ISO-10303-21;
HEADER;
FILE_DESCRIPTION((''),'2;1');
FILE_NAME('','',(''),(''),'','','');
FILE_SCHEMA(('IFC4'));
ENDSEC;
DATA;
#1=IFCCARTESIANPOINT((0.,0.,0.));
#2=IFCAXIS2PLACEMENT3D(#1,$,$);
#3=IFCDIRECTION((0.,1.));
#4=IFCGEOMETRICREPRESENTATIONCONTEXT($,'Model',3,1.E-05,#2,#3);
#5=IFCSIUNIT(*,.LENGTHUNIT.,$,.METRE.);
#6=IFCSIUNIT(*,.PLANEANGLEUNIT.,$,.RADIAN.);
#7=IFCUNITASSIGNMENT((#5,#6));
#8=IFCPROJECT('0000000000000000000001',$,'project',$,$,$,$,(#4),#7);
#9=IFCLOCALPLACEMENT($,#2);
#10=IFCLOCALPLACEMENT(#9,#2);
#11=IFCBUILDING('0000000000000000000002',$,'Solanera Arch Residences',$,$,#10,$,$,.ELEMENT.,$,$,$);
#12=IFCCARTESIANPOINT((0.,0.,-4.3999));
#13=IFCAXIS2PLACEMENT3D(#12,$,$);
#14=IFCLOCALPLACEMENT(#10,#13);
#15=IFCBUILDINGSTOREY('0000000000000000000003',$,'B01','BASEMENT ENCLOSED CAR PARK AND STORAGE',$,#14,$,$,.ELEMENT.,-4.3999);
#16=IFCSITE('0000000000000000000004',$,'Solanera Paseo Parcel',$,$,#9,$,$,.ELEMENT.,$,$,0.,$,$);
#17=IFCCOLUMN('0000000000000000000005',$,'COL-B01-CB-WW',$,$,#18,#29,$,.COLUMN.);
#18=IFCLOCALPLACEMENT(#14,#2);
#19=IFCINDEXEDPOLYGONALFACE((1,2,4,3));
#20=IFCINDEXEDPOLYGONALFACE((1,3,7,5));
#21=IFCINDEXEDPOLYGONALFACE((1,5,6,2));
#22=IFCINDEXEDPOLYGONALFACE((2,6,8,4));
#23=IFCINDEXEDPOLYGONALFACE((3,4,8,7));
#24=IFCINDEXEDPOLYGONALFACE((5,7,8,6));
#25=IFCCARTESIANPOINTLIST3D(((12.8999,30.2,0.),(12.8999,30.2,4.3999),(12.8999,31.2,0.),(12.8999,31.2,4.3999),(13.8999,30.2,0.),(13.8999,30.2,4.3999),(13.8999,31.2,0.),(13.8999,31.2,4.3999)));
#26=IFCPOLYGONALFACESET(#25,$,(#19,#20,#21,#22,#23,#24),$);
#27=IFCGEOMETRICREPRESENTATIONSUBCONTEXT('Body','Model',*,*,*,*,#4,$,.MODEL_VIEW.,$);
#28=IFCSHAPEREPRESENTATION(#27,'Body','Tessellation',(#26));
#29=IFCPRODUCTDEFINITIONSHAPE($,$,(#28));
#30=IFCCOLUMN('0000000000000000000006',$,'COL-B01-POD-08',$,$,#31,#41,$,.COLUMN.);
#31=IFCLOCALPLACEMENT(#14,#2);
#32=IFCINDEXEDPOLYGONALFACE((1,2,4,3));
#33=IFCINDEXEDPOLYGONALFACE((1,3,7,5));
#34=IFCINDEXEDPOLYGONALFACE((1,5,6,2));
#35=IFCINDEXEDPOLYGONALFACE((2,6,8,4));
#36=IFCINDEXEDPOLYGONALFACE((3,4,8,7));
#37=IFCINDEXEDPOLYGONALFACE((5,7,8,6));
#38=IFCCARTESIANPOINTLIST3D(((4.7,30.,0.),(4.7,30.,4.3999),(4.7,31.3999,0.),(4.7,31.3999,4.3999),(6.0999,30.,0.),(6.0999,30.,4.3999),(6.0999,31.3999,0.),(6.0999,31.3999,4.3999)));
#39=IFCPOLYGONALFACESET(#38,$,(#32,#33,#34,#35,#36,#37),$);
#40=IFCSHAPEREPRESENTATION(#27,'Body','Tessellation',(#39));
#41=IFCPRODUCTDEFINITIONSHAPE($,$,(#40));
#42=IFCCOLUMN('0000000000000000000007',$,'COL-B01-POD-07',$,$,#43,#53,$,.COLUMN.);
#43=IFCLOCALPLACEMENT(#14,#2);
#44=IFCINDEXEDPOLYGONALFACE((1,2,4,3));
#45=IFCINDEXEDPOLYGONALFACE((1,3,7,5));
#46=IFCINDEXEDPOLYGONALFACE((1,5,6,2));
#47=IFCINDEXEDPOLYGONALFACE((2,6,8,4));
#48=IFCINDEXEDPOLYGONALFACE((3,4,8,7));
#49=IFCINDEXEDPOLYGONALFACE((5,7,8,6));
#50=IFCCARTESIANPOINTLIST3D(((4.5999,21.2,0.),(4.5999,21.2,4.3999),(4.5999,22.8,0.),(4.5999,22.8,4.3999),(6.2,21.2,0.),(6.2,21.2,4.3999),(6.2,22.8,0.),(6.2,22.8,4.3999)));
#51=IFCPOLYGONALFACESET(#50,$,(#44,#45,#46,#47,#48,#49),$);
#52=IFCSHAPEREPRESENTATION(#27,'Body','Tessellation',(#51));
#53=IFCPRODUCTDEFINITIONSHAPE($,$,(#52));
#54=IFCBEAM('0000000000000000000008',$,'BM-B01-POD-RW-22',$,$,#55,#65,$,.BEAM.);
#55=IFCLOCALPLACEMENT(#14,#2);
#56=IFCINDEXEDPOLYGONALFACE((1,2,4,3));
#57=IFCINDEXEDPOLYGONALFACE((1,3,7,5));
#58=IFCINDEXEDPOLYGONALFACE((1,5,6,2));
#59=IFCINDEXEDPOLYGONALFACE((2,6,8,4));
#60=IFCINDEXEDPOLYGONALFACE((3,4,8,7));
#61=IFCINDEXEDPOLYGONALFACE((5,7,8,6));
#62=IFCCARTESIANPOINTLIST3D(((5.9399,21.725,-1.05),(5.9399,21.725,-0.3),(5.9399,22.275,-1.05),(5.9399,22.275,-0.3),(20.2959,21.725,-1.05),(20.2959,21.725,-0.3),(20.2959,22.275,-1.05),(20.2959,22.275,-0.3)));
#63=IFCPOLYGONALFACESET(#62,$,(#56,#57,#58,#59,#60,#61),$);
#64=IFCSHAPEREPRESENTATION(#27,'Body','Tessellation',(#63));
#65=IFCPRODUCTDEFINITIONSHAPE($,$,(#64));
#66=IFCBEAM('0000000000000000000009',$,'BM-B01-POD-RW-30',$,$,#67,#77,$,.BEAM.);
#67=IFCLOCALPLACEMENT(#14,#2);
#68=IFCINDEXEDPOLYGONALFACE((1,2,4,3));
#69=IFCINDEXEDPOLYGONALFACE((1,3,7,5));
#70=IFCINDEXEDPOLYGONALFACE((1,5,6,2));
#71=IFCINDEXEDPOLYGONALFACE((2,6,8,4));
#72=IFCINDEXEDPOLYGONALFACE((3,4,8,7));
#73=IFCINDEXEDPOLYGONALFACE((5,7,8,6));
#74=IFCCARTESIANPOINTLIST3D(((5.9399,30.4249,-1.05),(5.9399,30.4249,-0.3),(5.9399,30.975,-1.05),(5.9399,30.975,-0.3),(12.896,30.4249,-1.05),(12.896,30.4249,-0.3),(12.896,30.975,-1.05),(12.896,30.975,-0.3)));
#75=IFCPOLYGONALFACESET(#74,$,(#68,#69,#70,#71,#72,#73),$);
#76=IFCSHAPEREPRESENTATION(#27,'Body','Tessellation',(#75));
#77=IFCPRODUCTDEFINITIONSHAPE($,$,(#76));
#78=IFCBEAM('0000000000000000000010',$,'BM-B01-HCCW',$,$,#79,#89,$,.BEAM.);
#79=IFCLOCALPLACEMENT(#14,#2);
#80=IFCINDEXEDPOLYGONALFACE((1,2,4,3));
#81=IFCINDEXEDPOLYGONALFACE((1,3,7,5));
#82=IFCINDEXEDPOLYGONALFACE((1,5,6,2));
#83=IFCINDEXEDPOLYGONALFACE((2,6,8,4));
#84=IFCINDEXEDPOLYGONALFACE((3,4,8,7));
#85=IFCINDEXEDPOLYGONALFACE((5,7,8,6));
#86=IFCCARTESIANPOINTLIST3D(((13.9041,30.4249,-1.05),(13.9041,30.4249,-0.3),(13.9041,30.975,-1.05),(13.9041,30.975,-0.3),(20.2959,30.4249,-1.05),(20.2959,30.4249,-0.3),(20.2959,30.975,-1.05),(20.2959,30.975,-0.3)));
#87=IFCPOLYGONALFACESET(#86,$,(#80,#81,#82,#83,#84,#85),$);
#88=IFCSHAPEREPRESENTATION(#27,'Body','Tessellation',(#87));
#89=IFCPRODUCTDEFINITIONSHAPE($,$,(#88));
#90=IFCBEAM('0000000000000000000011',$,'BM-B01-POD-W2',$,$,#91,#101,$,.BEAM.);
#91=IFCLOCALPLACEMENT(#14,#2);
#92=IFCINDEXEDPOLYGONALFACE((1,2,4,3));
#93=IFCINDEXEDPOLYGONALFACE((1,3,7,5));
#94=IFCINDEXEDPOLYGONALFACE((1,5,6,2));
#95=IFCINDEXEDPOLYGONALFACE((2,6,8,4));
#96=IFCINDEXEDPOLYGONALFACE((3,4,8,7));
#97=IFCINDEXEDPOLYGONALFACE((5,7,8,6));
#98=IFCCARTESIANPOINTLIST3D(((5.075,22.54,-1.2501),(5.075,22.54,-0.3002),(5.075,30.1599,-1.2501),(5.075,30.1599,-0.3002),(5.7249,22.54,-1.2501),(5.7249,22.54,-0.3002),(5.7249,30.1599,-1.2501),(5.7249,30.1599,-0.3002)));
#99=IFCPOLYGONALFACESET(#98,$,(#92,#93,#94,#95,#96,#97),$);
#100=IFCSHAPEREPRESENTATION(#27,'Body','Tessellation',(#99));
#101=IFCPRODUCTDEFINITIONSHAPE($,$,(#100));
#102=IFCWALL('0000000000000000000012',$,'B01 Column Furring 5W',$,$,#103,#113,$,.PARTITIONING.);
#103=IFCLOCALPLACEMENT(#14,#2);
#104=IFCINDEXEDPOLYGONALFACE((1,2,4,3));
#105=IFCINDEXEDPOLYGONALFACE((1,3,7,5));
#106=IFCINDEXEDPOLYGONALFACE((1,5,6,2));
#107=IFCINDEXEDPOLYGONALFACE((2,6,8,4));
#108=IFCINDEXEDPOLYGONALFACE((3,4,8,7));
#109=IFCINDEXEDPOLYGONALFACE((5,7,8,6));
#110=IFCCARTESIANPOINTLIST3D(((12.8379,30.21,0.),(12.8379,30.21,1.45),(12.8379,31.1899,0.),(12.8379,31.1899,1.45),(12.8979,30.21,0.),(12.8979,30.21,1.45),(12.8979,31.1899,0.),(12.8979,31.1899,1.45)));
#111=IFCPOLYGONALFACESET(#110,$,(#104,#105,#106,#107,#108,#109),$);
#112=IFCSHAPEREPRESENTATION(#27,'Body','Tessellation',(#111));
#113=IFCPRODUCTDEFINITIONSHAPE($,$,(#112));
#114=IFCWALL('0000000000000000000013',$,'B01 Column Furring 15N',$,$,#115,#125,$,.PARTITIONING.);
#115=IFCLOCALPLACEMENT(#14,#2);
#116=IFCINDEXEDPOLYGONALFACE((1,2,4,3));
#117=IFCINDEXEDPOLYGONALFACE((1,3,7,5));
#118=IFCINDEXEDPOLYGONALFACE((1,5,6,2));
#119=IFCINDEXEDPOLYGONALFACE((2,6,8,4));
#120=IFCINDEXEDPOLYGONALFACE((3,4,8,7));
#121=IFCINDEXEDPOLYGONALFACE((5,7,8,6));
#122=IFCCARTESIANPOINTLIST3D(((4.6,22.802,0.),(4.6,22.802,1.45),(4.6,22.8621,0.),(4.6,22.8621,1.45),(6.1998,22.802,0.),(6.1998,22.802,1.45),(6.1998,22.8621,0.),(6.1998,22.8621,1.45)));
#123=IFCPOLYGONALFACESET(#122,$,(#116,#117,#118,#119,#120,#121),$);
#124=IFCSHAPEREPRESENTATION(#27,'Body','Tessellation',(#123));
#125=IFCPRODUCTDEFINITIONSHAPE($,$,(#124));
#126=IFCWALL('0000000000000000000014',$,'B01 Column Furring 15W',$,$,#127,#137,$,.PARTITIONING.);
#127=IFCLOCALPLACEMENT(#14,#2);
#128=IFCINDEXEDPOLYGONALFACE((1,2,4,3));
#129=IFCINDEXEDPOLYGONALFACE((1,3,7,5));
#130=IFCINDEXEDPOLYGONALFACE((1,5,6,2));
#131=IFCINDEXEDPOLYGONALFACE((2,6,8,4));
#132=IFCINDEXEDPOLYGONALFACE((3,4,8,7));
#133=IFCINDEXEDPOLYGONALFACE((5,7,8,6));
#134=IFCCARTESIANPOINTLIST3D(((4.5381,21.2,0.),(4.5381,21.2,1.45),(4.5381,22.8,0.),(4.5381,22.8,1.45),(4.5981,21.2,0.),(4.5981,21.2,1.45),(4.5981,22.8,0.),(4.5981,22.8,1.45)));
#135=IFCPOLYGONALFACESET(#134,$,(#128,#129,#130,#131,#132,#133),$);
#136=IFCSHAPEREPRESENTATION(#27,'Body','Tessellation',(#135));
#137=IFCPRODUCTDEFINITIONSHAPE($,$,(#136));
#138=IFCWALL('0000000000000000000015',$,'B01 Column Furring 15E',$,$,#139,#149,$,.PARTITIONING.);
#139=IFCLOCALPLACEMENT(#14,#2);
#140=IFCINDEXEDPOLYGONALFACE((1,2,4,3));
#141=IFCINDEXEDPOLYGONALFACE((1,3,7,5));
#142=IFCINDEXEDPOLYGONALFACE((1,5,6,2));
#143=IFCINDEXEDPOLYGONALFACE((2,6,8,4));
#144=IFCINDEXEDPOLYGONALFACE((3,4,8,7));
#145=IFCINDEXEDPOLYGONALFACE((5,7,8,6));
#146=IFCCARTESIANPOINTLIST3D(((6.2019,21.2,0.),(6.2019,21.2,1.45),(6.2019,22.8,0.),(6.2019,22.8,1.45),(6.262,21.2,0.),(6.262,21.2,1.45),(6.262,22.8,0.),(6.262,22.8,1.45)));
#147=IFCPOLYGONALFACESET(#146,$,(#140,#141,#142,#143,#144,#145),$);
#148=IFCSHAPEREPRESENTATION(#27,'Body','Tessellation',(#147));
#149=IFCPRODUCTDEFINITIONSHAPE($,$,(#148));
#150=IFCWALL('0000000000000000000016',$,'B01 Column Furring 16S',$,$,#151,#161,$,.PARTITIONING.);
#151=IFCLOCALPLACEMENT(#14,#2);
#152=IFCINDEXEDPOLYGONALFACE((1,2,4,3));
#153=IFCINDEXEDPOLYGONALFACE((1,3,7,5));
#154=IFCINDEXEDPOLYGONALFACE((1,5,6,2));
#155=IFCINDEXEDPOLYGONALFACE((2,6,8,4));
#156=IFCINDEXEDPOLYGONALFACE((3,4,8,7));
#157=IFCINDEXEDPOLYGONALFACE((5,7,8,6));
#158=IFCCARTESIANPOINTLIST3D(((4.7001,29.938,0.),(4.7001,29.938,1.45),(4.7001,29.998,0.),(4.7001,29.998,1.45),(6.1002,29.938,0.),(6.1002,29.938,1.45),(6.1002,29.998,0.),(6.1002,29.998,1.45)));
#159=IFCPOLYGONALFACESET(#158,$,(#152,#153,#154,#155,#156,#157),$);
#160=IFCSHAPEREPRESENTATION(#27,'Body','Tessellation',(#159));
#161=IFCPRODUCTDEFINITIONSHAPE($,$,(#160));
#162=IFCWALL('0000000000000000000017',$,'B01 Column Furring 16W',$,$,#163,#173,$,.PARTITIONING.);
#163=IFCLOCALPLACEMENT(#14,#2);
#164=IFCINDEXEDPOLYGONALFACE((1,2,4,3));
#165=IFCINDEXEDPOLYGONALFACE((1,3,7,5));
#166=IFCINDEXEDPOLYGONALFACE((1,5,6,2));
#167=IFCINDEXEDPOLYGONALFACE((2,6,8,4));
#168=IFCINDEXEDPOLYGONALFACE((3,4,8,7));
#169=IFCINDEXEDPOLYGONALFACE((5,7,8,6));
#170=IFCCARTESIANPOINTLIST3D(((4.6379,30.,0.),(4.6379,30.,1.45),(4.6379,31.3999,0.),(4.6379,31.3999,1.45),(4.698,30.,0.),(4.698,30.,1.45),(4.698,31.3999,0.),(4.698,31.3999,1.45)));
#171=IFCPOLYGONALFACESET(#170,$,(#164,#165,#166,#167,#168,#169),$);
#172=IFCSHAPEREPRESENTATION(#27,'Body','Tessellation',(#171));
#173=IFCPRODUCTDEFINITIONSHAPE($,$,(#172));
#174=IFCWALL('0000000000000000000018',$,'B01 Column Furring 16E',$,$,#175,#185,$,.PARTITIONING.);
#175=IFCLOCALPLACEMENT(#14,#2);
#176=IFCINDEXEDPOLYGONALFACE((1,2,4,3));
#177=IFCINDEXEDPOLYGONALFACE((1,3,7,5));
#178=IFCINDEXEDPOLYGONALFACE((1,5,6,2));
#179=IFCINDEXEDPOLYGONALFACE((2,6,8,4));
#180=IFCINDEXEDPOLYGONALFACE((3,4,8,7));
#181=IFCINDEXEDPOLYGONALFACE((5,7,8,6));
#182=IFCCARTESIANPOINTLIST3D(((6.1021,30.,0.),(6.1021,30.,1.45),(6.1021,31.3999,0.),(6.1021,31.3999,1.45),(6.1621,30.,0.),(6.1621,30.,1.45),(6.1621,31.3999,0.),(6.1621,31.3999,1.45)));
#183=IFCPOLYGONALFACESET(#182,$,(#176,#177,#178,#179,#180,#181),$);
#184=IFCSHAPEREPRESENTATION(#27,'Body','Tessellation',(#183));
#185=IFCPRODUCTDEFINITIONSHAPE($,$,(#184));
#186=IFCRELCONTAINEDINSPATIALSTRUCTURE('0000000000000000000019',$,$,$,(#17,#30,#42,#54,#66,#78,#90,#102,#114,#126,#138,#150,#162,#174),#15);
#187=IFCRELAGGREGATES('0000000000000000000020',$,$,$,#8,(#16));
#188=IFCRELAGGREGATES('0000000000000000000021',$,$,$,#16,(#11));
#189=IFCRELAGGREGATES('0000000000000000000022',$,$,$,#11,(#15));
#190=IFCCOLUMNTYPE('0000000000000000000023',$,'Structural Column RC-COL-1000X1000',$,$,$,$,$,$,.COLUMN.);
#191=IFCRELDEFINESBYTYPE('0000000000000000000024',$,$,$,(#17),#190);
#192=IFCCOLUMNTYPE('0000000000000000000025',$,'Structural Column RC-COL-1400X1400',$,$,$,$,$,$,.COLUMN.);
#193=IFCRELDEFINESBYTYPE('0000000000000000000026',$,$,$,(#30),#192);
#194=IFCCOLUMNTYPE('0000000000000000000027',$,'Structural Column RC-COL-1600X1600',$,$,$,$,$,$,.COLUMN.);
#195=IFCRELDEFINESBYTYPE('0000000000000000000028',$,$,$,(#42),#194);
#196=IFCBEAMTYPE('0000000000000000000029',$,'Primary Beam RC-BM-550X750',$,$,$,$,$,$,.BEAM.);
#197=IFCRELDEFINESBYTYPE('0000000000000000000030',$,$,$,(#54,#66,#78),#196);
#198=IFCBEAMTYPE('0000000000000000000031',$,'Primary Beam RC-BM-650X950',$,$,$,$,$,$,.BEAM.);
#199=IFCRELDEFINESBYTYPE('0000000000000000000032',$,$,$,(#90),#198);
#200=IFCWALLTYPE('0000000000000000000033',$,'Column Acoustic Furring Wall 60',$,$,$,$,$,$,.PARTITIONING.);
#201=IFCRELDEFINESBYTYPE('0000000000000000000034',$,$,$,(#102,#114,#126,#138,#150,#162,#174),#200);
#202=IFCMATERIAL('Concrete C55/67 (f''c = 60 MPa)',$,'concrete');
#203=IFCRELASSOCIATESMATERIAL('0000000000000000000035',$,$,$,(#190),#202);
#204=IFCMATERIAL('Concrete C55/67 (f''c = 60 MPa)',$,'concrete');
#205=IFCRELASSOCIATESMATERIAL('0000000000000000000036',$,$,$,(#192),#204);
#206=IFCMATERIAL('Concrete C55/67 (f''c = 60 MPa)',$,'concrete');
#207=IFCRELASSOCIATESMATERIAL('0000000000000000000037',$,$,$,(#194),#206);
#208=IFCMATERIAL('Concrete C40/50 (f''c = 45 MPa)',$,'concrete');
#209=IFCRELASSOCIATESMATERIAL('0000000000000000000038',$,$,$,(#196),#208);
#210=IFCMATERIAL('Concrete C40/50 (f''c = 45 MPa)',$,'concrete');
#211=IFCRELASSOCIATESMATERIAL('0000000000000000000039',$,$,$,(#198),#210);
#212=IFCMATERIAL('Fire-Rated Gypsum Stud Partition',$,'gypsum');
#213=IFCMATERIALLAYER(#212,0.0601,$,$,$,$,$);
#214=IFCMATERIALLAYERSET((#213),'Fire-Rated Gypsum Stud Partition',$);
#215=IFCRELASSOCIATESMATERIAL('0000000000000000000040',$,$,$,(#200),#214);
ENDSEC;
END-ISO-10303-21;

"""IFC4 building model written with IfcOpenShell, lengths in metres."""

from ifc_helpers import new_model, si_unit, direction, frame, frame_2d, origin, origin_2d, place, context, subcontext, project, spatial, rectangle, extrude, material, layer, layer_set, material_profile, profile_set, type_object, element, save


model = new_model("IFC4")

# Units and contexts
model_context = context("Model", 3, precision=1e-05, world=origin(), true_north=direction((0.0, 1.0)))
body_context = subcontext(model_context, "Body", "Model", "MODEL_VIEW")
ifc_project = project(units=[si_unit("LENGTHUNIT", "METRE"), si_unit("PLANEANGLEUNIT", "RADIAN")], contexts=[model_context])

# Site, building, storey
site_placement = place(None, origin())
site = spatial("IfcSite", under=ifc_project, at=site_placement, Name="Solanera Paseo Parcel", CompositionType="ELEMENT", RefElevation=0.0)
building_placement = place(site_placement, origin())
building = spatial("IfcBuilding", under=site, at=building_placement, Name="Solanera Arch Residences", CompositionType="ELEMENT")
storey_placement = place(building_placement, frame((0.0, 0.0, -4.3999)))
storey = spatial("IfcBuildingStorey", under=building, at=storey_placement, Name="B01", Description="BASEMENT ENCLOSED CAR PARK AND STORAGE", CompositionType="ELEMENT", Elevation=-4.3999)

# Columns
ifc_material_1 = material(Name="Concrete C55/67 (f'c = 60 MPa)", Category="concrete")
ifc_material_profile_1 = material_profile(ifc_material_1, rectangle(XDim=1.0, YDim=1.0, at=origin_2d()))
ifc_profile_set_1 = profile_set([ifc_material_profile_1], Name="Concrete C55/67 (f'c = 60 MPa)")
column_type_1 = type_object("IfcColumnType", Name="Structural Column RC-COL-1000X1000", PredefinedType="COLUMN", material=ifc_profile_set_1)
column_1_placement = place(storey_placement, frame((13.3999, 30.7, 0.0), z_axis=(0.0, 0.0, 1.0), x_axis=(1.0, 0.0, 0.0)))
element("IfcColumn", 1, at=column_1_placement, inside=storey, type_object=column_type_1, Name="COL-B01-CB-WW", PredefinedType="COLUMN", context=body_context, shape_type="SweptSolid", body=[
    extrude(rectangle(XDim=1.0, YDim=1.0, at=origin_2d()), origin(), (0.0, 0.0, 1.0), 4.3999),
])
ifc_material_2 = material(Name="Concrete C55/67 (f'c = 60 MPa)", Category="concrete")
ifc_material_profile_2 = material_profile(ifc_material_2, rectangle(XDim=1.3999, YDim=1.3999, at=origin_2d()))
ifc_profile_set_2 = profile_set([ifc_material_profile_2], Name="Concrete C55/67 (f'c = 60 MPa)")
column_type_2 = type_object("IfcColumnType", Name="Structural Column RC-COL-1400X1400", PredefinedType="COLUMN", material=ifc_profile_set_2)
column_2_placement = place(storey_placement, frame((5.3999, 30.7, 0.0), z_axis=(0.0, 0.0, 1.0), x_axis=(1.0, 0.0, 0.0)))
element("IfcColumn", 2, at=column_2_placement, inside=storey, type_object=column_type_2, Name="COL-B01-POD-08", PredefinedType="COLUMN", context=body_context, shape_type="SweptSolid", body=[
    extrude(rectangle(XDim=1.3999, YDim=1.3999, at=origin_2d()), origin(), (0.0, 0.0, 1.0), 4.3999),
])
ifc_material_3 = material(Name="Concrete C55/67 (f'c = 60 MPa)", Category="concrete")
ifc_material_profile_3 = material_profile(ifc_material_3, rectangle(XDim=1.6001, YDim=1.6001, at=origin_2d()))
ifc_profile_set_3 = profile_set([ifc_material_profile_3], Name="Concrete C55/67 (f'c = 60 MPa)")
column_type_3 = type_object("IfcColumnType", Name="Structural Column RC-COL-1600X1600", PredefinedType="COLUMN", material=ifc_profile_set_3)
column_3_placement = place(storey_placement, frame((5.3999, 22.0, 0.0), z_axis=(0.0, 0.0, 1.0), x_axis=(1.0, 0.0, 0.0)))
element("IfcColumn", 3, at=column_3_placement, inside=storey, type_object=column_type_3, Name="COL-B01-POD-07", PredefinedType="COLUMN", context=body_context, shape_type="SweptSolid", body=[
    extrude(rectangle(XDim=1.6001, YDim=1.6001, at=origin_2d()), origin(), (0.0, 0.0, 1.0), 4.3999),
])

# Beams
ifc_material_4 = material(Name="Concrete C40/50 (f'c = 45 MPa)", Category="concrete")
ifc_material_profile_4 = material_profile(ifc_material_4, rectangle(XDim=0.55, YDim=0.75, at=origin_2d()))
ifc_profile_set_4 = profile_set([ifc_material_profile_4], Name="Concrete C40/50 (f'c = 45 MPa)")
beam_type_1 = type_object("IfcBeamType", Name="Primary Beam RC-BM-550X750", PredefinedType="BEAM", material=ifc_profile_set_4)
beam_1_placement = place(storey_placement, frame((5.9399, 22.0, -0.675), z_axis=(1.0, 0.0, 0.0), x_axis=(0.0, 1.0, 0.0)))
element("IfcBeam", 4, at=beam_1_placement, inside=storey, type_object=beam_type_1, Name="BM-B01-POD-RW-22", PredefinedType="BEAM", context=body_context, shape_type="SweptSolid", body=[
    extrude(rectangle(XDim=0.55, YDim=0.75, at=origin_2d()), origin(), (0.0, 0.0, 1.0), 14.356),
])
beam_2_placement = place(storey_placement, frame((5.9399, 30.7, -0.675), z_axis=(1.0, 0.0, 0.0), x_axis=(0.0, 1.0, 0.0)))
element("IfcBeam", 5, at=beam_2_placement, inside=storey, type_object=beam_type_1, Name="BM-B01-POD-RW-30", PredefinedType="BEAM", context=body_context, shape_type="SweptSolid", body=[
    extrude(rectangle(XDim=0.55, YDim=0.75, at=origin_2d()), origin(), (0.0, 0.0, 1.0), 6.9561),
])
beam_3_placement = place(storey_placement, frame((13.9041, 30.7, -0.675), z_axis=(1.0, 0.0, 0.0), x_axis=(0.0, 1.0, 0.0)))
element("IfcBeam", 6, at=beam_3_placement, inside=storey, type_object=beam_type_1, Name="BM-B01-HCCW", PredefinedType="BEAM", context=body_context, shape_type="SweptSolid", body=[
    extrude(rectangle(XDim=0.55, YDim=0.75, at=origin_2d()), origin(), (0.0, 0.0, 1.0), 6.3918),
])
ifc_material_5 = material(Name="Concrete C40/50 (f'c = 45 MPa)", Category="concrete")
ifc_material_profile_5 = material_profile(ifc_material_5, rectangle(XDim=0.6499, YDim=0.95, at=origin_2d()))
ifc_profile_set_5 = profile_set([ifc_material_profile_5], Name="Concrete C40/50 (f'c = 45 MPa)")
beam_type_2 = type_object("IfcBeamType", Name="Primary Beam RC-BM-650X950", PredefinedType="BEAM", material=ifc_profile_set_5)
beam_4_placement = place(storey_placement, frame((5.3999, 22.54, -0.7751), z_axis=(0.0, 1.0, 0.0), x_axis=(-1.0, 0.0, 0.0)))
element("IfcBeam", 7, at=beam_4_placement, inside=storey, type_object=beam_type_2, Name="BM-B01-POD-W2", PredefinedType="BEAM", context=body_context, shape_type="SweptSolid", body=[
    extrude(rectangle(XDim=0.6499, YDim=0.95, at=origin_2d()), origin(), (0.0, 0.0, 1.0), 7.6199),
])

# Walls
ifc_material_6 = material(Name="Fire-Rated Gypsum Stud Partition", Category="gypsum")
ifc_layer_1 = layer(ifc_material_6, 0.0601)
ifc_layer_set_1 = layer_set([ifc_layer_1], Name="Fire-Rated Gypsum Stud Partition")
wall_type_1 = type_object("IfcWallType", Name="Column Acoustic Furring Wall 60", PredefinedType="PARTITIONING", material=ifc_layer_set_1)
wall_1_placement = place(storey_placement, frame((12.8679, 30.21, 0.0), z_axis=(0.0, 0.0, 1.0), x_axis=(0.0, 1.0, 0.0)))
element("IfcWall", 8, at=wall_1_placement, inside=storey, type_object=wall_type_1, Name="B01 Column Furring 5W", PredefinedType="PARTITIONING", context=body_context, shape_type="SweptSolid", body=[
    extrude(rectangle(XDim=0.98, YDim=0.0601, at=frame_2d((0.49, 0.0))), origin(), (0.0, 0.0, 1.0), 1.45),
])
wall_2_placement = place(storey_placement, frame((4.6001, 22.832, 0.0), z_axis=(0.0, 0.0, 1.0), x_axis=(1.0, 0.0, 0.0)))
element("IfcWall", 9, at=wall_2_placement, inside=storey, type_object=wall_type_1, Name="B01 Column Furring 15N", PredefinedType="PARTITIONING", context=body_context, shape_type="SweptSolid", body=[
    extrude(rectangle(XDim=1.5999, YDim=0.0601, at=frame_2d((0.7998, 0.0))), origin(), (0.0, 0.0, 1.0), 1.45),
])
for number, where, z_axis, x_axis, name in (
    (10, (4.5681, 21.2, 0.0), (0.0, 0.0, 1.0), (0.0, 1.0, 0.0), "B01 Column Furring 15W"),
    (11, (6.2319, 21.2, 0.0), (0.0, 0.0, 1.0), (0.0, 1.0, 0.0), "B01 Column Furring 15E"),
):
    element("IfcWall", number, at=place(storey_placement, frame(where, z_axis=z_axis, x_axis=x_axis)), inside=storey, type_object=wall_type_1, Name=name, PredefinedType="PARTITIONING", context=body_context, shape_type="SweptSolid", body=[
        extrude(rectangle(XDim=1.6001, YDim=0.0601, at=frame_2d((0.8, 0.0))), origin(), (0.0, 0.0, 1.0), 1.45),
    ])
wall_3_placement = place(storey_placement, frame((4.7, 29.968, 0.0), z_axis=(0.0, 0.0, 1.0), x_axis=(1.0, 0.0, 0.0)))
element("IfcWall", 12, at=wall_3_placement, inside=storey, type_object=wall_type_1, Name="B01 Column Furring 16S", PredefinedType="PARTITIONING", context=body_context, shape_type="SweptSolid", body=[
    extrude(rectangle(XDim=1.4001, YDim=0.0601, at=frame_2d((0.7002, 0.0))), origin(), (0.0, 0.0, 1.0), 1.45),
])
for number, where, z_axis, x_axis, name in (
    (13, (4.668, 30.0, 0.0), (0.0, 0.0, 1.0), (0.0, 1.0, 0.0), "B01 Column Furring 16W"),
    (14, (6.1321, 30.0, 0.0), (0.0, 0.0, 1.0), (0.0, 1.0, 0.0), "B01 Column Furring 16E"),
):
    element("IfcWall", number, at=place(storey_placement, frame(where, z_axis=z_axis, x_axis=x_axis)), inside=storey, type_object=wall_type_1, Name=name, PredefinedType="PARTITIONING", context=body_context, shape_type="SweptSolid", body=[
        extrude(rectangle(XDim=1.3999, YDim=0.0601, at=frame_2d((0.7, 0.0))), origin(), (0.0, 0.0, 1.0), 1.45),
    ])

save(model, "model.ifc")
